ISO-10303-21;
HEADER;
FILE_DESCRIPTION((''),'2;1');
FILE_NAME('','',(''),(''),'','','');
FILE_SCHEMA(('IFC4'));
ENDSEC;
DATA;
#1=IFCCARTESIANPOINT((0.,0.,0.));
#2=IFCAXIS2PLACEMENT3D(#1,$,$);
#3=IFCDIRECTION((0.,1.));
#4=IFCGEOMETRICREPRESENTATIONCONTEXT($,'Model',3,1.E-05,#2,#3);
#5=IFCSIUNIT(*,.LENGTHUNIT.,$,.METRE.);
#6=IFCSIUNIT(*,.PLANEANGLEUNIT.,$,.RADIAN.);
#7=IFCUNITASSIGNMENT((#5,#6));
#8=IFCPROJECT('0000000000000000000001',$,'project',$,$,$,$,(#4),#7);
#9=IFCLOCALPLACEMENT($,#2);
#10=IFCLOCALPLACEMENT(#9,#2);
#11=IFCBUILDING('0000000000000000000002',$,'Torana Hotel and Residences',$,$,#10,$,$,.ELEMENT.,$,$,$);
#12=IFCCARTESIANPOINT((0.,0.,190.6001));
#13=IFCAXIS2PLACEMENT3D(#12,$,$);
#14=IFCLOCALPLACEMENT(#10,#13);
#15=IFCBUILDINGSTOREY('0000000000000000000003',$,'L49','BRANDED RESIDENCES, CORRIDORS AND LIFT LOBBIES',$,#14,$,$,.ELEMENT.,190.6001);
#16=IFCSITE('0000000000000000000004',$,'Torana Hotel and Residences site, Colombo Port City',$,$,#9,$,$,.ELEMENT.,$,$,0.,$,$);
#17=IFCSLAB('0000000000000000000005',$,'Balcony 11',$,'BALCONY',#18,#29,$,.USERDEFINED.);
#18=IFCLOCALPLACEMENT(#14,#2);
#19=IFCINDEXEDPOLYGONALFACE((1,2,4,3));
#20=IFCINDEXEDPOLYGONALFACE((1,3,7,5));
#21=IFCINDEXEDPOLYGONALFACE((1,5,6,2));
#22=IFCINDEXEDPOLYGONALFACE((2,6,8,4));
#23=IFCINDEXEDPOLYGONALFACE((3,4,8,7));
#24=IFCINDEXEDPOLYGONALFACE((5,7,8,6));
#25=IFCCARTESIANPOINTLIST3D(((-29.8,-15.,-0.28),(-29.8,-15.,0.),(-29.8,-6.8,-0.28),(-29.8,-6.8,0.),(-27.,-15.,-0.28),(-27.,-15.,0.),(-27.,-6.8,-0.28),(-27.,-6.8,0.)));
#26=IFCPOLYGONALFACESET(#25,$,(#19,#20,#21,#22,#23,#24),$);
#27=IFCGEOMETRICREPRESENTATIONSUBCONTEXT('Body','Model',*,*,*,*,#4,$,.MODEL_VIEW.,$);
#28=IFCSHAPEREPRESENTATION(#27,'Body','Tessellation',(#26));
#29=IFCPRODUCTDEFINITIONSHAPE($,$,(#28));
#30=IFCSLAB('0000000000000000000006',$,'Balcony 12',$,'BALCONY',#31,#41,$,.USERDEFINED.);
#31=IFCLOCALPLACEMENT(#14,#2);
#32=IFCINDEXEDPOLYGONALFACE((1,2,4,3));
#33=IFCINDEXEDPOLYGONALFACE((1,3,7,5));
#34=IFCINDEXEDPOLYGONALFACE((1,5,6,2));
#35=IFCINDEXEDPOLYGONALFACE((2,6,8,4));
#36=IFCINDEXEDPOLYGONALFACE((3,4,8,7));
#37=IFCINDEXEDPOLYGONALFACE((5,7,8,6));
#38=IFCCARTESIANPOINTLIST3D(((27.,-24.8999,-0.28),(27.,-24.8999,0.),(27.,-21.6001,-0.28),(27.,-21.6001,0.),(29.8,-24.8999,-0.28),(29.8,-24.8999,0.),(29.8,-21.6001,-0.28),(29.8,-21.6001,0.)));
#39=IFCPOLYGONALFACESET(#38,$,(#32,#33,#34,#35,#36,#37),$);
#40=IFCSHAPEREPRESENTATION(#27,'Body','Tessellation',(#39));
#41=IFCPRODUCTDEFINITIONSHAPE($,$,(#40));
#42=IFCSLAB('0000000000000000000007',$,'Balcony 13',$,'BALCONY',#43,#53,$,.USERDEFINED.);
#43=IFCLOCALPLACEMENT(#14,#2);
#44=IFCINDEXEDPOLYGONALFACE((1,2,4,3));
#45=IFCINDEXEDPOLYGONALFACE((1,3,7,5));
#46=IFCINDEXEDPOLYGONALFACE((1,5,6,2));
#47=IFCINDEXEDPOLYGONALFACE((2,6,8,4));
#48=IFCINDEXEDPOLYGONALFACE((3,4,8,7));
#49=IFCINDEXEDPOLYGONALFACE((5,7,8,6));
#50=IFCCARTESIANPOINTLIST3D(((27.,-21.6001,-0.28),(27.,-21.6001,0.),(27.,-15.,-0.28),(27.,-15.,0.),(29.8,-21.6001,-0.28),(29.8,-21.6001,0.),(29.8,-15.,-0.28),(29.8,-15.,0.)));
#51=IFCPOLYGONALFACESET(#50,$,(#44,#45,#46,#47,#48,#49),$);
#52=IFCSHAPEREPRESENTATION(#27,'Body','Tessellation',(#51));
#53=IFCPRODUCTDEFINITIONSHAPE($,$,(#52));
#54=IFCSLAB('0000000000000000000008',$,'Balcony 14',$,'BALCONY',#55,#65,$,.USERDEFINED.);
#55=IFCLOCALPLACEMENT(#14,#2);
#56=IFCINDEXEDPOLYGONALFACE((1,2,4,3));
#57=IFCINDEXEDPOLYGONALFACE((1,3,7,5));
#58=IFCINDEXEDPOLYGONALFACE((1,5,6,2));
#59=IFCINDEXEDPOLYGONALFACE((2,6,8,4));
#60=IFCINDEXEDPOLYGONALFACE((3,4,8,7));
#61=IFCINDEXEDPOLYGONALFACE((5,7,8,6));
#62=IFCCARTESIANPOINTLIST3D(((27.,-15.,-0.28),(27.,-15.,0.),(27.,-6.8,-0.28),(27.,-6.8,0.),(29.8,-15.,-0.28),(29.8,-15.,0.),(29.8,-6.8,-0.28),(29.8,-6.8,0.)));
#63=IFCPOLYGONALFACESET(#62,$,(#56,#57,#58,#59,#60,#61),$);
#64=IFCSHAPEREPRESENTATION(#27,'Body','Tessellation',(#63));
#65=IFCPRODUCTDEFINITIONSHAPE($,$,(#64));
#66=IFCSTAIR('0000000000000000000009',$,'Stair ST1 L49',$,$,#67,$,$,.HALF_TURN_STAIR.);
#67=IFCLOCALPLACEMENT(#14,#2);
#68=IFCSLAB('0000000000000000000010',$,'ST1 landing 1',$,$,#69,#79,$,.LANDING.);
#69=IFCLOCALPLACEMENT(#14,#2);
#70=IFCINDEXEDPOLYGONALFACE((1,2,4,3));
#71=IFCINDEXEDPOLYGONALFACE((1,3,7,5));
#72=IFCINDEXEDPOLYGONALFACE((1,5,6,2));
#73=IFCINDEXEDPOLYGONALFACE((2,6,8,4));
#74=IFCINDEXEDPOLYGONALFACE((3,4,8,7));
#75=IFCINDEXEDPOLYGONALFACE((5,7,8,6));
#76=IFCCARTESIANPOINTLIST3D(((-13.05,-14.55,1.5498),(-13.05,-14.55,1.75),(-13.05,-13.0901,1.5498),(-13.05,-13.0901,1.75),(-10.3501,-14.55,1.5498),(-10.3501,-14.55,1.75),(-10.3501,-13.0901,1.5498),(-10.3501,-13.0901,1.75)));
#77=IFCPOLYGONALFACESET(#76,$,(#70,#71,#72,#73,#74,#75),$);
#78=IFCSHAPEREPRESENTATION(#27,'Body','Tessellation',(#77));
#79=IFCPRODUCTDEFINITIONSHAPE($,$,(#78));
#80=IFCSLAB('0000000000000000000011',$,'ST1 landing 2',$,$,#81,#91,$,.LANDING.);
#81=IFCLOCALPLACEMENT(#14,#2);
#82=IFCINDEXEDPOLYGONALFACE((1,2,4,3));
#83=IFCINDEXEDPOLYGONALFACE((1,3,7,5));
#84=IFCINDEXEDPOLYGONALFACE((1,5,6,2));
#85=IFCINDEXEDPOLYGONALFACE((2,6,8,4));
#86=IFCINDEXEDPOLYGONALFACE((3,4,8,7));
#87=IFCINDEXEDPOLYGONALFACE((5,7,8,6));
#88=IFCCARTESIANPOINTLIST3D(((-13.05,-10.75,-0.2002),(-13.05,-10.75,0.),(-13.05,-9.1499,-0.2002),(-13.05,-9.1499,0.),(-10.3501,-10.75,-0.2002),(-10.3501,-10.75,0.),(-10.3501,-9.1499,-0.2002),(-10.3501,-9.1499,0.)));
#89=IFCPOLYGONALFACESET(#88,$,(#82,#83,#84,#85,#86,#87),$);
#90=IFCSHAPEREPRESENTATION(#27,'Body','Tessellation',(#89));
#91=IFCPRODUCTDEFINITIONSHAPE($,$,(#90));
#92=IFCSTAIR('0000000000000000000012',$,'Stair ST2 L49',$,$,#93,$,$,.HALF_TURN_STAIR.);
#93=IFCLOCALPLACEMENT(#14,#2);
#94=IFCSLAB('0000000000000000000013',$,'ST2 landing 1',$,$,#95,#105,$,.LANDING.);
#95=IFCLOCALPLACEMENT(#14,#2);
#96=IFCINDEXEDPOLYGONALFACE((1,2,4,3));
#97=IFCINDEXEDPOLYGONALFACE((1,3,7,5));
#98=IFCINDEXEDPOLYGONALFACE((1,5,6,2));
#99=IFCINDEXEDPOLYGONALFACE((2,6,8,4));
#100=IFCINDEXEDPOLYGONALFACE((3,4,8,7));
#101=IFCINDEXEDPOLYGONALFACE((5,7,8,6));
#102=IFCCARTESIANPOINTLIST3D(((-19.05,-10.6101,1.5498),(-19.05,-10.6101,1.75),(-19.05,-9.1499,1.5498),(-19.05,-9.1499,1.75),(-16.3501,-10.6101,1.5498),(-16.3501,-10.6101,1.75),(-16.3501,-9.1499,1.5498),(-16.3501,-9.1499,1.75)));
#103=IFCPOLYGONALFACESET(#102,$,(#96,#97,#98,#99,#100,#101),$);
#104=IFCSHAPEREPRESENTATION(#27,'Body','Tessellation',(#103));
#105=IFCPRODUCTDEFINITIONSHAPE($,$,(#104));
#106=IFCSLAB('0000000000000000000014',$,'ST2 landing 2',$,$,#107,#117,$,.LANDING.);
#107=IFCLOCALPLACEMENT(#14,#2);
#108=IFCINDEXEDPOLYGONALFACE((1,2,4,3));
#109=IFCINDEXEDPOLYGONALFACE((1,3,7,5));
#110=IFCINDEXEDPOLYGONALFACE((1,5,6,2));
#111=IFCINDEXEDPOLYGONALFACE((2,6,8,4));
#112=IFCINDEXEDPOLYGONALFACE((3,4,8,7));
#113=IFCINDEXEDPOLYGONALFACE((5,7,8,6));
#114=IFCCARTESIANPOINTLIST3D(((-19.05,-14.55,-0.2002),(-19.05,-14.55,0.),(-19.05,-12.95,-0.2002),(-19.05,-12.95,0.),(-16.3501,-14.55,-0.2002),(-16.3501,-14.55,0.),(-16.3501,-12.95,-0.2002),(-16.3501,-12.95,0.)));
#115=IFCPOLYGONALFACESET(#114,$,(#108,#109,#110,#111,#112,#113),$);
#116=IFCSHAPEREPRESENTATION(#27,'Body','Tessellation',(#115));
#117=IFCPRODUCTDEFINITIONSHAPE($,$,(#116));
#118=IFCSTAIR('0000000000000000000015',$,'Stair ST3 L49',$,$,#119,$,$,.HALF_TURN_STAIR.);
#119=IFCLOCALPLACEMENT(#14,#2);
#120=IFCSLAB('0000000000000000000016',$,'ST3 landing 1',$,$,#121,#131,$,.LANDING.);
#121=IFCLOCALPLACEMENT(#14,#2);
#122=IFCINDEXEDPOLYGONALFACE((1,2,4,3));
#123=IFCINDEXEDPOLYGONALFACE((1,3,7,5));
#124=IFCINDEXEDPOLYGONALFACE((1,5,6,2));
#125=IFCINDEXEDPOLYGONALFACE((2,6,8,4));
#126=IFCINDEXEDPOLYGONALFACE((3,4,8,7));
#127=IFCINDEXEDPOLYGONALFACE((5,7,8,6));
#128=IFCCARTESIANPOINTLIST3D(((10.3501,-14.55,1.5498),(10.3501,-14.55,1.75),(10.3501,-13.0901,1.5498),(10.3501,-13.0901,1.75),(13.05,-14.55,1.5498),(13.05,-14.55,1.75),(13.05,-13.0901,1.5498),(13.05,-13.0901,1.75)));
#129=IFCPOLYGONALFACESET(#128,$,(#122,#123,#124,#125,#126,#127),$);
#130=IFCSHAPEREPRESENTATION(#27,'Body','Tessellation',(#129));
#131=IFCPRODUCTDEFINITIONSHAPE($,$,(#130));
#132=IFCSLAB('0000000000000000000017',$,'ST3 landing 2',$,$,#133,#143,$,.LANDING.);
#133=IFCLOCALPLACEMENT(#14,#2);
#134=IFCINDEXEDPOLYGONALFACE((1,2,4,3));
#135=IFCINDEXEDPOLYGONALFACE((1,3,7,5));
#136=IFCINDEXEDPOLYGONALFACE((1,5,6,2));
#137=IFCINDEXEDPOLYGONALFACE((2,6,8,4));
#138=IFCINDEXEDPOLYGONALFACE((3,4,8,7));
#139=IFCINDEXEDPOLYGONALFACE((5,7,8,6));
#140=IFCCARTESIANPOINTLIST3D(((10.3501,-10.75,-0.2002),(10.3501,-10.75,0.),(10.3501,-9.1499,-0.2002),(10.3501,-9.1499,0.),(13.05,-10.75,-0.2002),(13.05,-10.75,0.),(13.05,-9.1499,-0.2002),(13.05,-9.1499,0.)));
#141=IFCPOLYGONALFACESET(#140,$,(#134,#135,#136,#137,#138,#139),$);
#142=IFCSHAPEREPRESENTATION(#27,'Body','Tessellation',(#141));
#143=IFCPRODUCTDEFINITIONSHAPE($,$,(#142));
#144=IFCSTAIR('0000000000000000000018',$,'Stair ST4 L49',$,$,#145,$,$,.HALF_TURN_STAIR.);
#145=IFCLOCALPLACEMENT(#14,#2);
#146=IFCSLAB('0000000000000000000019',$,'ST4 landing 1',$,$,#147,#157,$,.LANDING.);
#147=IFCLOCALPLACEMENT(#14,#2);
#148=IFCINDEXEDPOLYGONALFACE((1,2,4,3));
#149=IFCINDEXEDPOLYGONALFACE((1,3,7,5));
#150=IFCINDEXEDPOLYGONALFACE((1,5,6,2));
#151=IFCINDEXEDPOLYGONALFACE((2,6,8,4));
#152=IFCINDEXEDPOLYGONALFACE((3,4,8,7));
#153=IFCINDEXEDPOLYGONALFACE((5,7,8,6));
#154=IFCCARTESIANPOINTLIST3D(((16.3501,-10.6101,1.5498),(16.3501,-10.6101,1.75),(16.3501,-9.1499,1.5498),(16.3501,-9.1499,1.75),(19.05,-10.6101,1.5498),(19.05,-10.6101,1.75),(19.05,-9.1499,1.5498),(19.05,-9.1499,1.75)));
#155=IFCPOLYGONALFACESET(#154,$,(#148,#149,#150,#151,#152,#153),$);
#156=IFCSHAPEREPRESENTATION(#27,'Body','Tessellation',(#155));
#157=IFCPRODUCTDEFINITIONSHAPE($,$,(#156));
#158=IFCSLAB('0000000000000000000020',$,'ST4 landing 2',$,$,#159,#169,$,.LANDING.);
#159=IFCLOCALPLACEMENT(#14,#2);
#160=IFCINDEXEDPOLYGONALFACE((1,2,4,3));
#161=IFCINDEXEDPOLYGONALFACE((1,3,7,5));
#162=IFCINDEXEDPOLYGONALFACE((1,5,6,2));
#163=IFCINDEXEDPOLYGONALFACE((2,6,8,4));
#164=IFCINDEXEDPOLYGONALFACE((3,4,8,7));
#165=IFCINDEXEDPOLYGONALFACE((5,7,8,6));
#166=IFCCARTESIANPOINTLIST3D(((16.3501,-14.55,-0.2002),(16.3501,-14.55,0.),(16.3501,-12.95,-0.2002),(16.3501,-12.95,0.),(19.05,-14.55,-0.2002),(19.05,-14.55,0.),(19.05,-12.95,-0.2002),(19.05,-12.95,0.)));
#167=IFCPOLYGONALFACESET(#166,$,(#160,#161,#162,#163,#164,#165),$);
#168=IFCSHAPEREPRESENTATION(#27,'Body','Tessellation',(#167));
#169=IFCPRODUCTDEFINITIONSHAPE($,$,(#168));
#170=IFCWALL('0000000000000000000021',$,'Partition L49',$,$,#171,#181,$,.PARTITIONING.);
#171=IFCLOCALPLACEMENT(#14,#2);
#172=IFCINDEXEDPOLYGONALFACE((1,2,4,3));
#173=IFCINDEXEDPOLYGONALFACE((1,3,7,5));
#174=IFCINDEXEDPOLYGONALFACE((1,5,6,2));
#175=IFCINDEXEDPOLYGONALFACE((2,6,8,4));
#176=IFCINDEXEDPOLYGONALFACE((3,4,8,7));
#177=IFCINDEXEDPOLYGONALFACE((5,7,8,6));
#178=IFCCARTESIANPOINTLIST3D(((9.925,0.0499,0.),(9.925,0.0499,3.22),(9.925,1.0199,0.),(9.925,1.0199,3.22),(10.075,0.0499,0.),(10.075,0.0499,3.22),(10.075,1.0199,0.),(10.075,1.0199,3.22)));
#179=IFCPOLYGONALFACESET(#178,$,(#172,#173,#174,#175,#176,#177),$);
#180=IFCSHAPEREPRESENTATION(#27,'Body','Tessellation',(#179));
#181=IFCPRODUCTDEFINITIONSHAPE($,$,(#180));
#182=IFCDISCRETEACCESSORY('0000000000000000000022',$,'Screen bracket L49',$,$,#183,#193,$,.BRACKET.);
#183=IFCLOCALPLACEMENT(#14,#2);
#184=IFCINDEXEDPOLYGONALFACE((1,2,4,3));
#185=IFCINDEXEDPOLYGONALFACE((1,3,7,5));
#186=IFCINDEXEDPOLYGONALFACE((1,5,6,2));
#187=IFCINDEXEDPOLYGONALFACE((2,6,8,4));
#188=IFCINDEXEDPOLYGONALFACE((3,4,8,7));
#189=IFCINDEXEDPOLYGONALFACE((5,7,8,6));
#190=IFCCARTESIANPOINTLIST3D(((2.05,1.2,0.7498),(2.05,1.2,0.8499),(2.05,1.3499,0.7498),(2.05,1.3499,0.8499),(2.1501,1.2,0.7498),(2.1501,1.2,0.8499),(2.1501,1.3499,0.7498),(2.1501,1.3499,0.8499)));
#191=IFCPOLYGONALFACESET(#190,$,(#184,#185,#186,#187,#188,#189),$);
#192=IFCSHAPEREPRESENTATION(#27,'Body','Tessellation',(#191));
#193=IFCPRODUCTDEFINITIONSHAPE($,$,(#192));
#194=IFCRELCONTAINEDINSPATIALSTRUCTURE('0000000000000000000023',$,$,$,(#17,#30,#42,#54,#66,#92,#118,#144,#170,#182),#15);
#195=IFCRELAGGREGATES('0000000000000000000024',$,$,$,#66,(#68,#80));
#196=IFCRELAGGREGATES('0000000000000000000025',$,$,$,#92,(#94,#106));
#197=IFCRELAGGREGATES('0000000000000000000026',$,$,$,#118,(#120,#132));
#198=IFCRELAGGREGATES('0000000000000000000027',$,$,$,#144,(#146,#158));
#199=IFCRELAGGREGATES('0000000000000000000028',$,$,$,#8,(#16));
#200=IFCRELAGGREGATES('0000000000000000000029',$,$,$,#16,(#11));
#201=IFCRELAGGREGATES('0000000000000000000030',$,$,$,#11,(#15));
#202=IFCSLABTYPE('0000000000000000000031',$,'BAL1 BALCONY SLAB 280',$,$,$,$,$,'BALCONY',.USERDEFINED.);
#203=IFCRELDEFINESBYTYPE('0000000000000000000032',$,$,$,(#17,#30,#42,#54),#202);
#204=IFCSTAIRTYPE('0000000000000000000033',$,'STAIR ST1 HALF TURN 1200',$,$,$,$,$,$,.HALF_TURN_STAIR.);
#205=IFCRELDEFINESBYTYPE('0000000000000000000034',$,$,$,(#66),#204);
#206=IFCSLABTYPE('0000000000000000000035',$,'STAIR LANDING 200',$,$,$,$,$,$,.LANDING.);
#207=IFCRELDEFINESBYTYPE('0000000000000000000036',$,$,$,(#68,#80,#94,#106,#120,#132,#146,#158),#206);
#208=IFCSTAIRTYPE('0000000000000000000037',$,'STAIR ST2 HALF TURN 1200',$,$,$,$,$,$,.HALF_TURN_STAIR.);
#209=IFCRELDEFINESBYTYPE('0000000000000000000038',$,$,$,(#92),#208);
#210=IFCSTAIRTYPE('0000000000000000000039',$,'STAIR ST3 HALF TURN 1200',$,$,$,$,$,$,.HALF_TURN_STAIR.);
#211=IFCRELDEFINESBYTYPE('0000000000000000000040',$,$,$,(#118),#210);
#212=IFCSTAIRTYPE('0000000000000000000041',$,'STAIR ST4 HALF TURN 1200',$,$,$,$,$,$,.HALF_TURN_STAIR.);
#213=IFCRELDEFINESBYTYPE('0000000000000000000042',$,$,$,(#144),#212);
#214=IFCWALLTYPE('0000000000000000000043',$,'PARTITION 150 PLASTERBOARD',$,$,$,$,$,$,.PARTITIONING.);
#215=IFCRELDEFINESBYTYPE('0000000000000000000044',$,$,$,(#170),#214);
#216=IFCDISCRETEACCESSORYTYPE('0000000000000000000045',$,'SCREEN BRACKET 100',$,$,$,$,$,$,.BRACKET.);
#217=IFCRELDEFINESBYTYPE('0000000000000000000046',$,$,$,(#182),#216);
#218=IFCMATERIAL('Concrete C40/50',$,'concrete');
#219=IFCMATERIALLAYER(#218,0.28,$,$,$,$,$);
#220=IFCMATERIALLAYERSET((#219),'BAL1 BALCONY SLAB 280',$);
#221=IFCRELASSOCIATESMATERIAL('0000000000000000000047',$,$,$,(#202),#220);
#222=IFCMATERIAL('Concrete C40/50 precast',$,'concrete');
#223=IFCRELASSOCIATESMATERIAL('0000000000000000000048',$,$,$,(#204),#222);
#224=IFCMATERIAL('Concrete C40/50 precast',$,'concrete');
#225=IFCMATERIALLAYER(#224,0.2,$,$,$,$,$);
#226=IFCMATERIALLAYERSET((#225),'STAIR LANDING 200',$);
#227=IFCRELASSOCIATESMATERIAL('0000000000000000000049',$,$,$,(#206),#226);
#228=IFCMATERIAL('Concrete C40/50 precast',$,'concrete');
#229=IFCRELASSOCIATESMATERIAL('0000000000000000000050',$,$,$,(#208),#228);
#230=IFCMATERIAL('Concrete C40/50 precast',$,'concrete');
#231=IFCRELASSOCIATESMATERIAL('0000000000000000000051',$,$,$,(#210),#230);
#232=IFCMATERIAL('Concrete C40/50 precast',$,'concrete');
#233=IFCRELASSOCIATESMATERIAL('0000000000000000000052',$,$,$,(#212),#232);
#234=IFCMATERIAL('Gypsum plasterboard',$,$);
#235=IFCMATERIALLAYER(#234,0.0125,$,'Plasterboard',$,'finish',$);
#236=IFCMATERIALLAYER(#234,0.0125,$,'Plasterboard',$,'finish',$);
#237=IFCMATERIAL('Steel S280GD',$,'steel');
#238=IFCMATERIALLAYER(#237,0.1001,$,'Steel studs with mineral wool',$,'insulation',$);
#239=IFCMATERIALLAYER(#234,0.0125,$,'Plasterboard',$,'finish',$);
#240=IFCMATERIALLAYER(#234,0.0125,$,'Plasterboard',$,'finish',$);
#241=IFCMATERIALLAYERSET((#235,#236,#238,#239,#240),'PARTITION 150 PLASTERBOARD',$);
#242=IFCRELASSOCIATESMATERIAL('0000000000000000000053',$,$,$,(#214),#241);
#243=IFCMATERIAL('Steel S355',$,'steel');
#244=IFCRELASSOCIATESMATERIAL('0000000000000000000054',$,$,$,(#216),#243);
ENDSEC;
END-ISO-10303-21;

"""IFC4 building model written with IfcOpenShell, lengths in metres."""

from ifc_helpers import new_model, si_unit, direction, frame, frame_2d, origin, origin_2d, place, context, subcontext, project, spatial, polyline, rectangle, outline, extrude, material, layer, layer_set, type_object, element, aggregate, save


model = new_model("IFC4")

# Units and contexts
model_context = context("Model", 3, precision=1e-05, world=origin(), true_north=direction((0.0, 1.0)))
body_context = subcontext(model_context, "Body", "Model", "MODEL_VIEW")
ifc_project = project(units=[si_unit("LENGTHUNIT", "METRE"), si_unit("PLANEANGLEUNIT", "RADIAN")], contexts=[model_context])

# Site, building, storey
site_placement = place(None, origin())
site = spatial("IfcSite", under=ifc_project, at=site_placement, Name="Torana Hotel and Residences site, Colombo Port City", CompositionType="ELEMENT", RefElevation=0.0)
building_placement = place(site_placement, origin())
building = spatial("IfcBuilding", under=site, at=building_placement, Name="Torana Hotel and Residences", CompositionType="ELEMENT")
storey_placement = place(building_placement, frame((0.0, 0.0, 190.6001)))
storey = spatial("IfcBuildingStorey", under=building, at=storey_placement, Name="L49", Description="BRANDED RESIDENCES, CORRIDORS AND LIFT LOBBIES", CompositionType="ELEMENT", Elevation=190.6001)

# Slabs
ifc_material_1 = material(Name="Concrete C40/50", Category="concrete")
ifc_layer_1 = layer(ifc_material_1, 0.28)
ifc_layer_set_1 = layer_set([ifc_layer_1], Name="BAL1 BALCONY SLAB 280")
slab_type_1 = type_object("IfcSlabType", Name="BAL1 BALCONY SLAB 280", ElementType="BALCONY", PredefinedType="USERDEFINED", material=ifc_layer_set_1)
slab_1_placement = place(storey_placement, frame((0.0, 0.0, -0.28)))
element("IfcSlab", 1, at=slab_1_placement, inside=storey, type_object=slab_type_1, Name="Balcony 11", ObjectType="BALCONY", PredefinedType="USERDEFINED", context=body_context, shape_type="SweptSolid", body=[
    extrude(outline(polyline([(-29.8, -15.0), (-27.0, -15.0), (-27.0, -6.8), (-29.8, -6.8), (-29.8, -15.0)])), origin(), (0.0, 0.0, 1.0), 0.28),
])
slab_2_placement = place(storey_placement, frame((0.0, 0.0, -0.28)))
element("IfcSlab", 2, at=slab_2_placement, inside=storey, type_object=slab_type_1, Name="Balcony 12", ObjectType="BALCONY", PredefinedType="USERDEFINED", context=body_context, shape_type="SweptSolid", body=[
    extrude(outline(polyline([(27.0, -24.8999), (29.8, -24.8999), (29.8, -21.6001), (27.0, -21.6001), (27.0, -24.8999)])), origin(), (0.0, 0.0, 1.0), 0.28),
])
slab_3_placement = place(storey_placement, frame((0.0, 0.0, -0.28)))
element("IfcSlab", 3, at=slab_3_placement, inside=storey, type_object=slab_type_1, Name="Balcony 13", ObjectType="BALCONY", PredefinedType="USERDEFINED", context=body_context, shape_type="SweptSolid", body=[
    extrude(outline(polyline([(27.0, -21.6001), (29.8, -21.6001), (29.8, -15.0), (27.0, -15.0), (27.0, -21.6001)])), origin(), (0.0, 0.0, 1.0), 0.28),
])
slab_4_placement = place(storey_placement, frame((0.0, 0.0, -0.28)))
element("IfcSlab", 4, at=slab_4_placement, inside=storey, type_object=slab_type_1, Name="Balcony 14", ObjectType="BALCONY", PredefinedType="USERDEFINED", context=body_context, shape_type="SweptSolid", body=[
    extrude(outline(polyline([(27.0, -15.0), (29.8, -15.0), (29.8, -6.8), (27.0, -6.8), (27.0, -15.0)])), origin(), (0.0, 0.0, 1.0), 0.28),
])

# Stairs, slabs
ifc_material_2 = material(Name="Concrete C40/50 precast", Category="concrete")
stair_type_1 = type_object("IfcStairType", Name="STAIR ST1 HALF TURN 1200", PredefinedType="HALF_TURN_STAIR", material=ifc_material_2)
stair_1_placement = place(storey_placement, origin())
stair_1 = element("IfcStair", 5, at=stair_1_placement, inside=storey, type_object=stair_type_1, Name="Stair ST1 L49", PredefinedType="HALF_TURN_STAIR")
ifc_material_3 = material(Name="Concrete C40/50 precast", Category="concrete")
ifc_layer_2 = layer(ifc_material_3, 0.2)
ifc_layer_set_2 = layer_set([ifc_layer_2], Name="STAIR LANDING 200")
slab_type_2 = type_object("IfcSlabType", Name="STAIR LANDING 200", PredefinedType="LANDING", material=ifc_layer_set_2)
slab_5_placement = place(storey_placement, frame((0.0, 0.0, 1.5498)))
slab_5 = element("IfcSlab", 6, at=slab_5_placement, type_object=slab_type_2, Name="ST1 landing 1", PredefinedType="LANDING", context=body_context, shape_type="SweptSolid", body=[
    extrude(outline(polyline([(-13.05, -14.55), (-10.3501, -14.55), (-10.3501, -13.0901), (-13.05, -13.0901), (-13.05, -14.55)])), origin(), (0.0, 0.0, 1.0), 0.2002),
])
slab_6_placement = place(storey_placement, frame((0.0, 0.0, -0.2002)))
slab_6 = element("IfcSlab", 7, at=slab_6_placement, type_object=slab_type_2, Name="ST1 landing 2", PredefinedType="LANDING", context=body_context, shape_type="SweptSolid", body=[
    extrude(outline(polyline([(-13.05, -10.75), (-10.3501, -10.75), (-10.3501, -9.1499), (-13.05, -9.1499), (-13.05, -10.75)])), origin(), (0.0, 0.0, 1.0), 0.2002),
])
aggregate(stair_1, [slab_5, slab_6])
ifc_material_4 = material(Name="Concrete C40/50 precast", Category="concrete")
stair_type_2 = type_object("IfcStairType", Name="STAIR ST2 HALF TURN 1200", PredefinedType="HALF_TURN_STAIR", material=ifc_material_4)
stair_2_placement = place(storey_placement, origin())
stair_2 = element("IfcStair", 8, at=stair_2_placement, inside=storey, type_object=stair_type_2, Name="Stair ST2 L49", PredefinedType="HALF_TURN_STAIR")
slab_7_placement = place(storey_placement, frame((0.0, 0.0, 1.5498)))
slab_7 = element("IfcSlab", 9, at=slab_7_placement, type_object=slab_type_2, Name="ST2 landing 1", PredefinedType="LANDING", context=body_context, shape_type="SweptSolid", body=[
    extrude(outline(polyline([(-19.05, -10.6101), (-16.3501, -10.6101), (-16.3501, -9.1499), (-19.05, -9.1499), (-19.05, -10.6101)])), origin(), (0.0, 0.0, 1.0), 0.2002),
])
slab_8_placement = place(storey_placement, frame((0.0, 0.0, -0.2002)))
slab_8 = element("IfcSlab", 10, at=slab_8_placement, type_object=slab_type_2, Name="ST2 landing 2", PredefinedType="LANDING", context=body_context, shape_type="SweptSolid", body=[
    extrude(outline(polyline([(-19.05, -14.55), (-16.3501, -14.55), (-16.3501, -12.95), (-19.05, -12.95), (-19.05, -14.55)])), origin(), (0.0, 0.0, 1.0), 0.2002),
])
aggregate(stair_2, [slab_7, slab_8])
ifc_material_5 = material(Name="Concrete C40/50 precast", Category="concrete")
stair_type_3 = type_object("IfcStairType", Name="STAIR ST3 HALF TURN 1200", PredefinedType="HALF_TURN_STAIR", material=ifc_material_5)
stair_3_placement = place(storey_placement, origin())
stair_3 = element("IfcStair", 11, at=stair_3_placement, inside=storey, type_object=stair_type_3, Name="Stair ST3 L49", PredefinedType="HALF_TURN_STAIR")
slab_9_placement = place(storey_placement, frame((0.0, 0.0, 1.5498)))
slab_9 = element("IfcSlab", 12, at=slab_9_placement, type_object=slab_type_2, Name="ST3 landing 1", PredefinedType="LANDING", context=body_context, shape_type="SweptSolid", body=[
    extrude(outline(polyline([(10.3501, -14.55), (13.05, -14.55), (13.05, -13.0901), (10.3501, -13.0901), (10.3501, -14.55)])), origin(), (0.0, 0.0, 1.0), 0.2002),
])
slab_10_placement = place(storey_placement, frame((0.0, 0.0, -0.2002)))
slab_10 = element("IfcSlab", 13, at=slab_10_placement, type_object=slab_type_2, Name="ST3 landing 2", PredefinedType="LANDING", context=body_context, shape_type="SweptSolid", body=[
    extrude(outline(polyline([(10.3501, -10.75), (13.05, -10.75), (13.05, -9.1499), (10.3501, -9.1499), (10.3501, -10.75)])), origin(), (0.0, 0.0, 1.0), 0.2002),
])
aggregate(stair_3, [slab_9, slab_10])
ifc_material_6 = material(Name="Concrete C40/50 precast", Category="concrete")
stair_type_4 = type_object("IfcStairType", Name="STAIR ST4 HALF TURN 1200", PredefinedType="HALF_TURN_STAIR", material=ifc_material_6)
stair_4_placement = place(storey_placement, origin())
stair_4 = element("IfcStair", 14, at=stair_4_placement, inside=storey, type_object=stair_type_4, Name="Stair ST4 L49", PredefinedType="HALF_TURN_STAIR")
slab_11_placement = place(storey_placement, frame((0.0, 0.0, 1.5498)))
slab_11 = element("IfcSlab", 15, at=slab_11_placement, type_object=slab_type_2, Name="ST4 landing 1", PredefinedType="LANDING", context=body_context, shape_type="SweptSolid", body=[
    extrude(outline(polyline([(16.3501, -10.6101), (19.05, -10.6101), (19.05, -9.1499), (16.3501, -9.1499), (16.3501, -10.6101)])), origin(), (0.0, 0.0, 1.0), 0.2002),
])
slab_12_placement = place(storey_placement, frame((0.0, 0.0, -0.2002)))
slab_12 = element("IfcSlab", 16, at=slab_12_placement, type_object=slab_type_2, Name="ST4 landing 2", PredefinedType="LANDING", context=body_context, shape_type="SweptSolid", body=[
    extrude(outline(polyline([(16.3501, -14.55), (19.05, -14.55), (19.05, -12.95), (16.3501, -12.95), (16.3501, -14.55)])), origin(), (0.0, 0.0, 1.0), 0.2002),
])
aggregate(stair_4, [slab_11, slab_12])

# Wall
ifc_material_7 = material(Name="Gypsum plasterboard")
ifc_layer_3 = layer(ifc_material_7, 0.0125, Name="Plasterboard", Category="finish")
ifc_layer_4 = layer(ifc_material_7, 0.0125, Name="Plasterboard", Category="finish")
ifc_material_8 = material(Name="Steel S280GD", Category="steel")
ifc_layer_5 = layer(ifc_material_8, 0.1001, Name="Steel studs with mineral wool", Category="insulation")
ifc_layer_6 = layer(ifc_material_7, 0.0125, Name="Plasterboard", Category="finish")
ifc_layer_7 = layer(ifc_material_7, 0.0125, Name="Plasterboard", Category="finish")
ifc_layer_set_3 = layer_set([ifc_layer_3, ifc_layer_4, ifc_layer_5, ifc_layer_6, ifc_layer_7], Name="PARTITION 150 PLASTERBOARD")
wall_type = type_object("IfcWallType", Name="PARTITION 150 PLASTERBOARD", PredefinedType="PARTITIONING", material=ifc_layer_set_3)
wall_placement = place(storey_placement, frame((10.0, 0.05, 0.0), z_axis=(0.0, 0.0, 1.0), x_axis=(0.0, 1.0, 0.0)))
element("IfcWall", 17, at=wall_placement, inside=storey, type_object=wall_type, Name="Partition L49", PredefinedType="PARTITIONING", context=body_context, shape_type="SweptSolid", body=[
    extrude(rectangle(XDim=0.97, YDim=0.1499, at=frame_2d((0.4849, 0.0))), origin(), (0.0, 0.0, 1.0), 3.22),
])

# Discrete accessory
ifc_material_9 = material(Name="Steel S355", Category="steel")
discrete_accessory_type = type_object("IfcDiscreteAccessoryType", Name="SCREEN BRACKET 100", PredefinedType="BRACKET", material=ifc_material_9)
for number, where, z_axis, x_axis, name in (
    (18, (2.1001, 1.2749, 0.7498), (0.0, 0.0, 1.0), (-1.0, 0.0, 0.0), "Screen bracket L49"),
):
    element("IfcDiscreteAccessory", number, at=place(storey_placement, frame(where, z_axis=z_axis, x_axis=x_axis)), inside=storey, type_object=discrete_accessory_type, Name=name, PredefinedType="BRACKET", context=body_context, shape_type="SweptSolid", body=[
        extrude(rectangle(XDim=0.1001, YDim=0.1499, at=origin_2d()), origin(), (0.0, 0.0, 1.0), 0.1001),
    ])

save(model, "model.ifc")
